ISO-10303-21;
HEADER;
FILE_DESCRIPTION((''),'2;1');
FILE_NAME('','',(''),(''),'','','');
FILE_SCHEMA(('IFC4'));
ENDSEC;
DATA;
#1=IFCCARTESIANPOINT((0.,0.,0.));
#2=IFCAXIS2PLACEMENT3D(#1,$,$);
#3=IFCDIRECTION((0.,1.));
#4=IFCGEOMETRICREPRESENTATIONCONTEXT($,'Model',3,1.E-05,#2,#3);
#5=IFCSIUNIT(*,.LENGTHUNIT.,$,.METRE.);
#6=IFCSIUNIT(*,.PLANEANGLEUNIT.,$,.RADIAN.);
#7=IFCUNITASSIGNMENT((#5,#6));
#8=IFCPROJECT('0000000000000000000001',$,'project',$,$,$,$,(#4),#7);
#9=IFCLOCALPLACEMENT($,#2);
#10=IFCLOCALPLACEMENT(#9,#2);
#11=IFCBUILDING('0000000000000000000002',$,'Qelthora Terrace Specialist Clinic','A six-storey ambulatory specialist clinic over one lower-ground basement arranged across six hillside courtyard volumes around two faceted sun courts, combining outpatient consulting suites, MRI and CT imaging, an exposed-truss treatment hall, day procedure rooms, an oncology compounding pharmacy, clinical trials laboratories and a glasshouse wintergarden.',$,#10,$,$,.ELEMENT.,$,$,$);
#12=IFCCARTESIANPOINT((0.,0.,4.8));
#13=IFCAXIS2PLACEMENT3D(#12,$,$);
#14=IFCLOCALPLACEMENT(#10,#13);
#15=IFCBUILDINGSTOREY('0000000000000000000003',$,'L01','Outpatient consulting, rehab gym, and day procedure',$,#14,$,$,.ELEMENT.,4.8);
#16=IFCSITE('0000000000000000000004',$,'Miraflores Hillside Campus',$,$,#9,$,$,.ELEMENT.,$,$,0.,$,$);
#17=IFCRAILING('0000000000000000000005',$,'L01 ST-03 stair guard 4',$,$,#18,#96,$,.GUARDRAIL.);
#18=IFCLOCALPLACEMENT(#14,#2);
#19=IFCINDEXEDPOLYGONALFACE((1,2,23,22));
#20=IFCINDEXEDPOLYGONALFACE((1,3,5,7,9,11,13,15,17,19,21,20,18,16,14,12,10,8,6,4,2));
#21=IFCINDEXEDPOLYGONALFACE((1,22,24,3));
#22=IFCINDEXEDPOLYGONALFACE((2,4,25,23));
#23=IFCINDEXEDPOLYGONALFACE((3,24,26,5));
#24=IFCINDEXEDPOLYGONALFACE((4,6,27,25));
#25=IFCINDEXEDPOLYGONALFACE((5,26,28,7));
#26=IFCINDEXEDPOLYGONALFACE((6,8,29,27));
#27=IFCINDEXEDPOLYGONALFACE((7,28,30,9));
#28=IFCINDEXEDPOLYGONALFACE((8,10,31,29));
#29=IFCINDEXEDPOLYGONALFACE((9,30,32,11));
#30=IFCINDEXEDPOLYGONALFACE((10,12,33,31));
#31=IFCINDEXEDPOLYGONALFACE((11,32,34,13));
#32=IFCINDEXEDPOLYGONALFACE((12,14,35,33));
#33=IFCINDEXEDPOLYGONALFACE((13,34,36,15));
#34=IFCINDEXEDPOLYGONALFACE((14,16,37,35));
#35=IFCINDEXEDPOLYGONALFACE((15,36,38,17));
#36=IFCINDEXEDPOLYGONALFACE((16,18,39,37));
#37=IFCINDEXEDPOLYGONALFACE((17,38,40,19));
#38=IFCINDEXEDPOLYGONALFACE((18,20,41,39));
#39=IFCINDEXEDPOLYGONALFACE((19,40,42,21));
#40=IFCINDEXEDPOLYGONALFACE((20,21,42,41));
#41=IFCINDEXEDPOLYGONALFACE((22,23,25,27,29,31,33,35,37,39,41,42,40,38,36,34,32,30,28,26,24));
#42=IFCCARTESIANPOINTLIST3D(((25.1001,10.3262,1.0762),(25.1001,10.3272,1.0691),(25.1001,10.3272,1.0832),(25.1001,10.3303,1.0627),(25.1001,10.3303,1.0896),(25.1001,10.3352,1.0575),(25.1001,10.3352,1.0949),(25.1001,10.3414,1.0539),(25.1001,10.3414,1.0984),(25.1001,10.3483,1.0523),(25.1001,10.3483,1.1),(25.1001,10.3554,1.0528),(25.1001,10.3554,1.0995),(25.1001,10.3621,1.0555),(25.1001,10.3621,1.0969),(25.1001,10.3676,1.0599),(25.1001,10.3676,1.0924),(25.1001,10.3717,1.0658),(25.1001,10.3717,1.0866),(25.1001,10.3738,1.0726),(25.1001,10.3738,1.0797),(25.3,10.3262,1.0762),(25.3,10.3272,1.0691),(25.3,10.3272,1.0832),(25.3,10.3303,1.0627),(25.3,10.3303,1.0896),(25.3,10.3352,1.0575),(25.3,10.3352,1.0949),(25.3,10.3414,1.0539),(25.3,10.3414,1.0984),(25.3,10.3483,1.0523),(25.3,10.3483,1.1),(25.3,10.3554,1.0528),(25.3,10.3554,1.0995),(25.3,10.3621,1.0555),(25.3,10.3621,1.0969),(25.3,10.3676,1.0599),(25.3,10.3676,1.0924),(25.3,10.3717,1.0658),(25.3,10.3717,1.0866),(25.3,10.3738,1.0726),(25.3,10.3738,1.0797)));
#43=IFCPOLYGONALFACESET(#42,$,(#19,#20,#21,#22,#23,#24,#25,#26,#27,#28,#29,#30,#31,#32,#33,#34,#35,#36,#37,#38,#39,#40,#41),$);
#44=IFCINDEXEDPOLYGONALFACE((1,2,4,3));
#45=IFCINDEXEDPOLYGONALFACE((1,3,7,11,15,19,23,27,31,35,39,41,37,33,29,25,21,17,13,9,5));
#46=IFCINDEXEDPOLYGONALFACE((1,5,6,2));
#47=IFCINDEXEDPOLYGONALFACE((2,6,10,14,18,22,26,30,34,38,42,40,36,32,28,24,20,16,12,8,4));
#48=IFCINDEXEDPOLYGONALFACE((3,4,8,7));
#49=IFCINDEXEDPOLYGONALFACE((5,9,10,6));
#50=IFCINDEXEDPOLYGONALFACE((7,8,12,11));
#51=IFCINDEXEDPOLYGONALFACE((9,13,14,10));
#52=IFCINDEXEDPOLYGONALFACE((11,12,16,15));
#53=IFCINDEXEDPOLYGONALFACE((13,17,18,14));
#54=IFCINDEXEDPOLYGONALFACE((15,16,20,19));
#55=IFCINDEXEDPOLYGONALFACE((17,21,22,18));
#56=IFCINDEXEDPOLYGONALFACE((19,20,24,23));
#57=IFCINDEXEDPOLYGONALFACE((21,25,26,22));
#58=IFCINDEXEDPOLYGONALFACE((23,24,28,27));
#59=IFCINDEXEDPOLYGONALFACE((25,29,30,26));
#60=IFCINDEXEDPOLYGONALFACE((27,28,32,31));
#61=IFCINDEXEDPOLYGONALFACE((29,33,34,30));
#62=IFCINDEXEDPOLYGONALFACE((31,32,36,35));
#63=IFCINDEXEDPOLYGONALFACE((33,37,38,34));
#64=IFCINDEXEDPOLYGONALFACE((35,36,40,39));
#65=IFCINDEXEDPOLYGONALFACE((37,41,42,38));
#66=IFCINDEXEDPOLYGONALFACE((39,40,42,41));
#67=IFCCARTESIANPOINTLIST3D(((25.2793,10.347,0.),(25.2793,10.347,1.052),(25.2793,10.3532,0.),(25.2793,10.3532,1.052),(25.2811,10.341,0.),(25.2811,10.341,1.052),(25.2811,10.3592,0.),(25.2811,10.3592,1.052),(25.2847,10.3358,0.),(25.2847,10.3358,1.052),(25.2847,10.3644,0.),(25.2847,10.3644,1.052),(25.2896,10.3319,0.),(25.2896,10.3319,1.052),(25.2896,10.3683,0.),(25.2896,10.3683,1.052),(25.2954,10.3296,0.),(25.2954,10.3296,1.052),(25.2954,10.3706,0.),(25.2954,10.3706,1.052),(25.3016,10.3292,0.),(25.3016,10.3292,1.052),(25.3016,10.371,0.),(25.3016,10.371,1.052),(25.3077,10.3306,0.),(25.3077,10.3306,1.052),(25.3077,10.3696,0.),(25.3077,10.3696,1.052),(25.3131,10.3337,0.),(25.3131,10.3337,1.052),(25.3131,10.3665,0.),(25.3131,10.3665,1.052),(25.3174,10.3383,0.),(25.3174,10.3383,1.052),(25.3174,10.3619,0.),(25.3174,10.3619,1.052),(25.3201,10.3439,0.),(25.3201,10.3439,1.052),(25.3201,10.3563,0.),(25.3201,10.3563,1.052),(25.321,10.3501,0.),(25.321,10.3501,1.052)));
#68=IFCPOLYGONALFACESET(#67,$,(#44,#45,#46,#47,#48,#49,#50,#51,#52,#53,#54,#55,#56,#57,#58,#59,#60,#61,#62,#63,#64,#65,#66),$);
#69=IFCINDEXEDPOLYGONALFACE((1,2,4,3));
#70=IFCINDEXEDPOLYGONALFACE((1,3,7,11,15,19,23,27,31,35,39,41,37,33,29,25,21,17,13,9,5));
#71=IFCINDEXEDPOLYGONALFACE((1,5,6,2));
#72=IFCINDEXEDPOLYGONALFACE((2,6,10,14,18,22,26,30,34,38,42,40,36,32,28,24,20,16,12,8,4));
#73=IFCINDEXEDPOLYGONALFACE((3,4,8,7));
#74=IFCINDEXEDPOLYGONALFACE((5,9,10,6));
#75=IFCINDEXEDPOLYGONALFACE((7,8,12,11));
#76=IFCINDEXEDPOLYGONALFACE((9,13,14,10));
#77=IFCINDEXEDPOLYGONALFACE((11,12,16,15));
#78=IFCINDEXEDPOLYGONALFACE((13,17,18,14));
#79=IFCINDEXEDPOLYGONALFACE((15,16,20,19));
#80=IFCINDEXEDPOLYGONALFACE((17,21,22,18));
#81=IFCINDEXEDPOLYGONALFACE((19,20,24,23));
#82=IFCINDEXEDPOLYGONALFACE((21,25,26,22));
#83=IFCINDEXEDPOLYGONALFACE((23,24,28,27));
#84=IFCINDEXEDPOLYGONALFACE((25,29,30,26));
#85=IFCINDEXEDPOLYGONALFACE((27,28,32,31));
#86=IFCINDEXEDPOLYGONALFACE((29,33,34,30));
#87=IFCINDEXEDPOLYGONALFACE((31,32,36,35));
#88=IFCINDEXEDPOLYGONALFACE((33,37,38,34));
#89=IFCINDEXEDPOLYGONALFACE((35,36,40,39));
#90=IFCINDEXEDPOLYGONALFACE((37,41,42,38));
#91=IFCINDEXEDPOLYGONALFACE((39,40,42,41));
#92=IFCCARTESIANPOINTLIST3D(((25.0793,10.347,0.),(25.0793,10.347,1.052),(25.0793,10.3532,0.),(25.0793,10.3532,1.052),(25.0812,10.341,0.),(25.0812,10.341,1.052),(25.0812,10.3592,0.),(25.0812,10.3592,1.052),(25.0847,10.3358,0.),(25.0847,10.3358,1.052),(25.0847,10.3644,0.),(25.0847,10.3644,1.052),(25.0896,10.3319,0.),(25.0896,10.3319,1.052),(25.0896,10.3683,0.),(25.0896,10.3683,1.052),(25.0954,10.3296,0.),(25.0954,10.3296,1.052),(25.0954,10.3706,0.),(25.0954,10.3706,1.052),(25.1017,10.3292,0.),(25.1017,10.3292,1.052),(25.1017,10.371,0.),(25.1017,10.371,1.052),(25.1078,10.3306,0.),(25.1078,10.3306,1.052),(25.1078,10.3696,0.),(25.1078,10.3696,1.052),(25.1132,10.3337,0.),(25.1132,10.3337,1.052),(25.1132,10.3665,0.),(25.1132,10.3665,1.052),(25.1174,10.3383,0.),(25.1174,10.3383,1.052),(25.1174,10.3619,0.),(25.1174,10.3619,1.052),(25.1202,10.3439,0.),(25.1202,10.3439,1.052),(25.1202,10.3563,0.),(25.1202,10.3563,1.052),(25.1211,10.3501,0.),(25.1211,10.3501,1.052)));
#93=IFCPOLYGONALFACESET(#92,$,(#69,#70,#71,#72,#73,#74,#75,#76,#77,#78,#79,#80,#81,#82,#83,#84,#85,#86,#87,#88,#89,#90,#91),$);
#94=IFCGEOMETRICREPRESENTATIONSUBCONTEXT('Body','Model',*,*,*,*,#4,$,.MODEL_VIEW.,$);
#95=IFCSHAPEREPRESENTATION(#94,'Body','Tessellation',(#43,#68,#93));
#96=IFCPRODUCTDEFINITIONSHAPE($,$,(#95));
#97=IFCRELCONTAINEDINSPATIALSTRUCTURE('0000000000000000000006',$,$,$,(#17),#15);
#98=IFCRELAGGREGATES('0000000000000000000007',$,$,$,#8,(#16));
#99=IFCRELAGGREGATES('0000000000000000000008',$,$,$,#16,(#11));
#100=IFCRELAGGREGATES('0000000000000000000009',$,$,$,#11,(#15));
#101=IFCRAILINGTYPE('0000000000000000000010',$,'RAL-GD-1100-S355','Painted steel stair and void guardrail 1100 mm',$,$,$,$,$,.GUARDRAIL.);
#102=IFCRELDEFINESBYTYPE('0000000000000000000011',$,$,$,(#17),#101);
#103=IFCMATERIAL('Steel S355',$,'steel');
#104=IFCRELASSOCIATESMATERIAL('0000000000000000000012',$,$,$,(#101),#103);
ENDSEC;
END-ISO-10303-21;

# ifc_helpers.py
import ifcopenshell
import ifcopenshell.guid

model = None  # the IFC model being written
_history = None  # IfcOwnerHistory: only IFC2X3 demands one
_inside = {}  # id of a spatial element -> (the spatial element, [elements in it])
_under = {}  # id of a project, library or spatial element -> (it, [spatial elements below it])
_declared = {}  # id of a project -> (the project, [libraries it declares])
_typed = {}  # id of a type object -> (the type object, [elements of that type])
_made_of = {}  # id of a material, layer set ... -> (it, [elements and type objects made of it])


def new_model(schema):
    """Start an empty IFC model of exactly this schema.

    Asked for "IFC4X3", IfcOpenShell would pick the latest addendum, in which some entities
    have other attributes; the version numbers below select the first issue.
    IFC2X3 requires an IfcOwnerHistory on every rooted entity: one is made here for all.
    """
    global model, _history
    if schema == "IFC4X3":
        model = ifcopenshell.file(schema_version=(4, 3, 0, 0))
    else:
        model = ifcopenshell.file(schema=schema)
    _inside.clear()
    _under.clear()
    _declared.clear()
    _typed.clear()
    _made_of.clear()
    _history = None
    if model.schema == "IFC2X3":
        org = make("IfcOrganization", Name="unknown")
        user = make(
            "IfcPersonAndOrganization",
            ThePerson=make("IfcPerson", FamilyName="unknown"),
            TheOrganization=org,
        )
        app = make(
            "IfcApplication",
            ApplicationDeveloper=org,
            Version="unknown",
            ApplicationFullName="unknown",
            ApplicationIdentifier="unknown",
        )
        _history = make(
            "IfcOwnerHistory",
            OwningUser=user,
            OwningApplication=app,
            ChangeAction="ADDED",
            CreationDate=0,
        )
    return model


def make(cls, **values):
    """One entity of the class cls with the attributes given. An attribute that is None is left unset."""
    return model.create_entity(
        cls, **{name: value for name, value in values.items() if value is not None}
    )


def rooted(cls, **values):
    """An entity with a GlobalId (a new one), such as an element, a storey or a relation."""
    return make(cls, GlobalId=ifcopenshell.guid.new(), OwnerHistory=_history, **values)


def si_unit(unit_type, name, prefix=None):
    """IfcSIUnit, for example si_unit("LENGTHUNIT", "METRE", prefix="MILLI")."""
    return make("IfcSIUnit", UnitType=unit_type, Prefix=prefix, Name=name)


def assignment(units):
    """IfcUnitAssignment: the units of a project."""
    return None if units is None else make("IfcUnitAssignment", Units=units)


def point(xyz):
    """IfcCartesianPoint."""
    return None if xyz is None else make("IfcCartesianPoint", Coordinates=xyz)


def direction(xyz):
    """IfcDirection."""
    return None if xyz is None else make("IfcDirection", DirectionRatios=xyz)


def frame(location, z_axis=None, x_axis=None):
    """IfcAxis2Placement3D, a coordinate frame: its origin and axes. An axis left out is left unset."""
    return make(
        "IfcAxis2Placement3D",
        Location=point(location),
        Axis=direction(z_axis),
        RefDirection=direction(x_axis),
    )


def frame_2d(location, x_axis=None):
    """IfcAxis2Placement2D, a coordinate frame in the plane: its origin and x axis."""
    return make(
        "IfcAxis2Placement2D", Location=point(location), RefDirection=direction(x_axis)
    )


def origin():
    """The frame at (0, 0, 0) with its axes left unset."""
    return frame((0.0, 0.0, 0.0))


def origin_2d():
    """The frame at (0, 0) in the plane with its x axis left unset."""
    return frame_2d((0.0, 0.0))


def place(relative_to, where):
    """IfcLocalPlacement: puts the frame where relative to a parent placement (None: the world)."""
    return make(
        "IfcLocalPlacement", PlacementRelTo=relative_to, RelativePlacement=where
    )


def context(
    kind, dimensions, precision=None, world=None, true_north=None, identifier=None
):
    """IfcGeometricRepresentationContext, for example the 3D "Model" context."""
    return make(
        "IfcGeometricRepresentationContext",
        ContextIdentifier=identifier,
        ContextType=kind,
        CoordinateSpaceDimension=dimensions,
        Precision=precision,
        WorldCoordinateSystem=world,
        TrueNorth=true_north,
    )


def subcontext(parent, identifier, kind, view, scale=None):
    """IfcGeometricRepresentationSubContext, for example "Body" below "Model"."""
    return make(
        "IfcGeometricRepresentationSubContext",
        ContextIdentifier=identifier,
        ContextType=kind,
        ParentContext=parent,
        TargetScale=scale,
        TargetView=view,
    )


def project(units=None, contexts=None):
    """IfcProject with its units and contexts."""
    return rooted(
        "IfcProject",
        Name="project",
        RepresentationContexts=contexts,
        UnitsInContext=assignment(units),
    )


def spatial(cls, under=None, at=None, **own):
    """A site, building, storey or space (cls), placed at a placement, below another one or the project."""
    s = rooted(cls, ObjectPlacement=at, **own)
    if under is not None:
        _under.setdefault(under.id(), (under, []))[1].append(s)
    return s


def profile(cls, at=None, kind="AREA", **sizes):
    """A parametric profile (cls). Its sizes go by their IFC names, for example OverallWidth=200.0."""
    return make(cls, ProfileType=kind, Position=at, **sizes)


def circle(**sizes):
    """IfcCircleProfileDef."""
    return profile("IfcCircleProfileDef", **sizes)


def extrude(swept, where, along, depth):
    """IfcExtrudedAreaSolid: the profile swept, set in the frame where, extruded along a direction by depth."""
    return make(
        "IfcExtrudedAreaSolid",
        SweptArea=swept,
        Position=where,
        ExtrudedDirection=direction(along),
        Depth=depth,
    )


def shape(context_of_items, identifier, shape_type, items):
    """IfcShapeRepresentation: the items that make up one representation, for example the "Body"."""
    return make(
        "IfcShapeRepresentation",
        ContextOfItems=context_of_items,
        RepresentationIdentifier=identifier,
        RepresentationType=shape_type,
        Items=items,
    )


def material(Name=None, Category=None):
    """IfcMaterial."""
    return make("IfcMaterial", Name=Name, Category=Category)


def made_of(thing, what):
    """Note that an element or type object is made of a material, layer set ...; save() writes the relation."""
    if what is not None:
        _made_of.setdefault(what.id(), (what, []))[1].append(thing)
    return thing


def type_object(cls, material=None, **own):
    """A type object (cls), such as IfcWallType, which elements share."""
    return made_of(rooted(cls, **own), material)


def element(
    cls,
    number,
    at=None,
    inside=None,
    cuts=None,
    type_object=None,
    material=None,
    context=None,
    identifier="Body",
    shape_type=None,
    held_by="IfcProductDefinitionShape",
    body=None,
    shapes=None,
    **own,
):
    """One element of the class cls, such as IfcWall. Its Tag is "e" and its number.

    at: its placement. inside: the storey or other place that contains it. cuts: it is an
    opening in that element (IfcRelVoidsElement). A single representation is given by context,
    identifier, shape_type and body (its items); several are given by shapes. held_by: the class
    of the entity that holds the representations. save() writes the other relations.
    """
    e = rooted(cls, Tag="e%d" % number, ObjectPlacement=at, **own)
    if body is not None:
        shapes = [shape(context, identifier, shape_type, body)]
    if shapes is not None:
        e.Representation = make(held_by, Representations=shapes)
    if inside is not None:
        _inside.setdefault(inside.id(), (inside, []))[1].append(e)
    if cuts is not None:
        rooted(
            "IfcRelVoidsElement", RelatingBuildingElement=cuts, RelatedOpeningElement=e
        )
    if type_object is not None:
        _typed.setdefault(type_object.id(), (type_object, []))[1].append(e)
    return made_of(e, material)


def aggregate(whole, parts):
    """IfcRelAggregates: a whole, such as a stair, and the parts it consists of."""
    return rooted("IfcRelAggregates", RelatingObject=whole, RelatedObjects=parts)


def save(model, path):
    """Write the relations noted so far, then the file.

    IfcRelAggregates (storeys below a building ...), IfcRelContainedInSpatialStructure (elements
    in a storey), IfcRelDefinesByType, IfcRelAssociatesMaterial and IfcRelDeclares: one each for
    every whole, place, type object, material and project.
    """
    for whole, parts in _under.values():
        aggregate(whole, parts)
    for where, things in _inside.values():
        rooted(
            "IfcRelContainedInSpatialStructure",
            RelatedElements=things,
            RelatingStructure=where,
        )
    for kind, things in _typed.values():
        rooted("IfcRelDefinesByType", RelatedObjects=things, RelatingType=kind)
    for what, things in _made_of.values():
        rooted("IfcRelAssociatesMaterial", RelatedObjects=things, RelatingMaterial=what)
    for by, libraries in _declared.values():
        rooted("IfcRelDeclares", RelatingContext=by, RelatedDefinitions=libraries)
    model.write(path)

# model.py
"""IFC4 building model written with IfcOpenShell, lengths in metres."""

from ifc_helpers import new_model, si_unit, direction, frame, origin, origin_2d, place, context, subcontext, project, spatial, circle, extrude, material, type_object, element, save


model = new_model("IFC4")

# Units and contexts
model_context = context("Model", 3, precision=1e-05, world=origin(), true_north=direction((0.0, 1.0)))
body_context = subcontext(model_context, "Body", "Model", "MODEL_VIEW")
ifc_project = project(units=[si_unit("LENGTHUNIT", "METRE"), si_unit("PLANEANGLEUNIT", "RADIAN")], contexts=[model_context])

# Site, building, storey
site_placement = place(None, origin())
site = spatial("IfcSite", under=ifc_project, at=site_placement, Name="Miraflores Hillside Campus", CompositionType="ELEMENT", RefElevation=0.0)
building_placement = place(site_placement, origin())
building = spatial("IfcBuilding", under=site, at=building_placement, Name="Qelthora Terrace Specialist Clinic", Description="A six-storey ambulatory specialist clinic over one lower-ground basement arranged across six hillside courtyard volumes around two faceted sun courts, combining outpatient consulting suites, MRI and CT imaging, an exposed-truss treatment hall, day procedure rooms, an oncology compounding pharmacy, clinical trials laboratories and a glasshouse wintergarden.", CompositionType="ELEMENT")
storey_placement = place(building_placement, frame((0.0, 0.0, 4.8)))
storey = spatial("IfcBuildingStorey", under=building, at=storey_placement, Name="L01", Description="Outpatient consulting, rehab gym, and day procedure", CompositionType="ELEMENT", Elevation=4.8)

# Shared definitions
ifc_material_1 = material(Name="Steel S355", Category="steel")

# Railing
railing_type_1 = type_object("IfcRailingType", Name="RAL-GD-1100-S355", Description="Painted steel stair and void guardrail 1100 mm", PredefinedType="GUARDRAIL", material=ifc_material_1)
railing_1_placement = place(storey_placement, frame((25.3, 10.3501, 0.0)))
element("IfcRailing", 1, at=railing_1_placement, inside=storey, type_object=railing_type_1, Name="L01 ST-03 stair guard 4", PredefinedType="GUARDRAIL", context=body_context, shape_type="SweptSolid", body=[
    extrude(circle(Radius=0.0239, at=origin_2d()), frame((0.0, 0.0, 1.0762), z_axis=(-1.0, 0.0, 0.0), x_axis=(0.0, -1.0, 0.0)), (0.0, 0.0, 1.0), 0.2),
    extrude(circle(Radius=0.021, at=origin_2d()), origin(), (0.0, 0.0, 1.0), 1.052),
    extrude(circle(Radius=0.021, at=origin_2d()), frame((-0.2, 0.0, 0.0)), (0.0, 0.0, 1.0), 1.052),
])

save(model, "model.ifc")
